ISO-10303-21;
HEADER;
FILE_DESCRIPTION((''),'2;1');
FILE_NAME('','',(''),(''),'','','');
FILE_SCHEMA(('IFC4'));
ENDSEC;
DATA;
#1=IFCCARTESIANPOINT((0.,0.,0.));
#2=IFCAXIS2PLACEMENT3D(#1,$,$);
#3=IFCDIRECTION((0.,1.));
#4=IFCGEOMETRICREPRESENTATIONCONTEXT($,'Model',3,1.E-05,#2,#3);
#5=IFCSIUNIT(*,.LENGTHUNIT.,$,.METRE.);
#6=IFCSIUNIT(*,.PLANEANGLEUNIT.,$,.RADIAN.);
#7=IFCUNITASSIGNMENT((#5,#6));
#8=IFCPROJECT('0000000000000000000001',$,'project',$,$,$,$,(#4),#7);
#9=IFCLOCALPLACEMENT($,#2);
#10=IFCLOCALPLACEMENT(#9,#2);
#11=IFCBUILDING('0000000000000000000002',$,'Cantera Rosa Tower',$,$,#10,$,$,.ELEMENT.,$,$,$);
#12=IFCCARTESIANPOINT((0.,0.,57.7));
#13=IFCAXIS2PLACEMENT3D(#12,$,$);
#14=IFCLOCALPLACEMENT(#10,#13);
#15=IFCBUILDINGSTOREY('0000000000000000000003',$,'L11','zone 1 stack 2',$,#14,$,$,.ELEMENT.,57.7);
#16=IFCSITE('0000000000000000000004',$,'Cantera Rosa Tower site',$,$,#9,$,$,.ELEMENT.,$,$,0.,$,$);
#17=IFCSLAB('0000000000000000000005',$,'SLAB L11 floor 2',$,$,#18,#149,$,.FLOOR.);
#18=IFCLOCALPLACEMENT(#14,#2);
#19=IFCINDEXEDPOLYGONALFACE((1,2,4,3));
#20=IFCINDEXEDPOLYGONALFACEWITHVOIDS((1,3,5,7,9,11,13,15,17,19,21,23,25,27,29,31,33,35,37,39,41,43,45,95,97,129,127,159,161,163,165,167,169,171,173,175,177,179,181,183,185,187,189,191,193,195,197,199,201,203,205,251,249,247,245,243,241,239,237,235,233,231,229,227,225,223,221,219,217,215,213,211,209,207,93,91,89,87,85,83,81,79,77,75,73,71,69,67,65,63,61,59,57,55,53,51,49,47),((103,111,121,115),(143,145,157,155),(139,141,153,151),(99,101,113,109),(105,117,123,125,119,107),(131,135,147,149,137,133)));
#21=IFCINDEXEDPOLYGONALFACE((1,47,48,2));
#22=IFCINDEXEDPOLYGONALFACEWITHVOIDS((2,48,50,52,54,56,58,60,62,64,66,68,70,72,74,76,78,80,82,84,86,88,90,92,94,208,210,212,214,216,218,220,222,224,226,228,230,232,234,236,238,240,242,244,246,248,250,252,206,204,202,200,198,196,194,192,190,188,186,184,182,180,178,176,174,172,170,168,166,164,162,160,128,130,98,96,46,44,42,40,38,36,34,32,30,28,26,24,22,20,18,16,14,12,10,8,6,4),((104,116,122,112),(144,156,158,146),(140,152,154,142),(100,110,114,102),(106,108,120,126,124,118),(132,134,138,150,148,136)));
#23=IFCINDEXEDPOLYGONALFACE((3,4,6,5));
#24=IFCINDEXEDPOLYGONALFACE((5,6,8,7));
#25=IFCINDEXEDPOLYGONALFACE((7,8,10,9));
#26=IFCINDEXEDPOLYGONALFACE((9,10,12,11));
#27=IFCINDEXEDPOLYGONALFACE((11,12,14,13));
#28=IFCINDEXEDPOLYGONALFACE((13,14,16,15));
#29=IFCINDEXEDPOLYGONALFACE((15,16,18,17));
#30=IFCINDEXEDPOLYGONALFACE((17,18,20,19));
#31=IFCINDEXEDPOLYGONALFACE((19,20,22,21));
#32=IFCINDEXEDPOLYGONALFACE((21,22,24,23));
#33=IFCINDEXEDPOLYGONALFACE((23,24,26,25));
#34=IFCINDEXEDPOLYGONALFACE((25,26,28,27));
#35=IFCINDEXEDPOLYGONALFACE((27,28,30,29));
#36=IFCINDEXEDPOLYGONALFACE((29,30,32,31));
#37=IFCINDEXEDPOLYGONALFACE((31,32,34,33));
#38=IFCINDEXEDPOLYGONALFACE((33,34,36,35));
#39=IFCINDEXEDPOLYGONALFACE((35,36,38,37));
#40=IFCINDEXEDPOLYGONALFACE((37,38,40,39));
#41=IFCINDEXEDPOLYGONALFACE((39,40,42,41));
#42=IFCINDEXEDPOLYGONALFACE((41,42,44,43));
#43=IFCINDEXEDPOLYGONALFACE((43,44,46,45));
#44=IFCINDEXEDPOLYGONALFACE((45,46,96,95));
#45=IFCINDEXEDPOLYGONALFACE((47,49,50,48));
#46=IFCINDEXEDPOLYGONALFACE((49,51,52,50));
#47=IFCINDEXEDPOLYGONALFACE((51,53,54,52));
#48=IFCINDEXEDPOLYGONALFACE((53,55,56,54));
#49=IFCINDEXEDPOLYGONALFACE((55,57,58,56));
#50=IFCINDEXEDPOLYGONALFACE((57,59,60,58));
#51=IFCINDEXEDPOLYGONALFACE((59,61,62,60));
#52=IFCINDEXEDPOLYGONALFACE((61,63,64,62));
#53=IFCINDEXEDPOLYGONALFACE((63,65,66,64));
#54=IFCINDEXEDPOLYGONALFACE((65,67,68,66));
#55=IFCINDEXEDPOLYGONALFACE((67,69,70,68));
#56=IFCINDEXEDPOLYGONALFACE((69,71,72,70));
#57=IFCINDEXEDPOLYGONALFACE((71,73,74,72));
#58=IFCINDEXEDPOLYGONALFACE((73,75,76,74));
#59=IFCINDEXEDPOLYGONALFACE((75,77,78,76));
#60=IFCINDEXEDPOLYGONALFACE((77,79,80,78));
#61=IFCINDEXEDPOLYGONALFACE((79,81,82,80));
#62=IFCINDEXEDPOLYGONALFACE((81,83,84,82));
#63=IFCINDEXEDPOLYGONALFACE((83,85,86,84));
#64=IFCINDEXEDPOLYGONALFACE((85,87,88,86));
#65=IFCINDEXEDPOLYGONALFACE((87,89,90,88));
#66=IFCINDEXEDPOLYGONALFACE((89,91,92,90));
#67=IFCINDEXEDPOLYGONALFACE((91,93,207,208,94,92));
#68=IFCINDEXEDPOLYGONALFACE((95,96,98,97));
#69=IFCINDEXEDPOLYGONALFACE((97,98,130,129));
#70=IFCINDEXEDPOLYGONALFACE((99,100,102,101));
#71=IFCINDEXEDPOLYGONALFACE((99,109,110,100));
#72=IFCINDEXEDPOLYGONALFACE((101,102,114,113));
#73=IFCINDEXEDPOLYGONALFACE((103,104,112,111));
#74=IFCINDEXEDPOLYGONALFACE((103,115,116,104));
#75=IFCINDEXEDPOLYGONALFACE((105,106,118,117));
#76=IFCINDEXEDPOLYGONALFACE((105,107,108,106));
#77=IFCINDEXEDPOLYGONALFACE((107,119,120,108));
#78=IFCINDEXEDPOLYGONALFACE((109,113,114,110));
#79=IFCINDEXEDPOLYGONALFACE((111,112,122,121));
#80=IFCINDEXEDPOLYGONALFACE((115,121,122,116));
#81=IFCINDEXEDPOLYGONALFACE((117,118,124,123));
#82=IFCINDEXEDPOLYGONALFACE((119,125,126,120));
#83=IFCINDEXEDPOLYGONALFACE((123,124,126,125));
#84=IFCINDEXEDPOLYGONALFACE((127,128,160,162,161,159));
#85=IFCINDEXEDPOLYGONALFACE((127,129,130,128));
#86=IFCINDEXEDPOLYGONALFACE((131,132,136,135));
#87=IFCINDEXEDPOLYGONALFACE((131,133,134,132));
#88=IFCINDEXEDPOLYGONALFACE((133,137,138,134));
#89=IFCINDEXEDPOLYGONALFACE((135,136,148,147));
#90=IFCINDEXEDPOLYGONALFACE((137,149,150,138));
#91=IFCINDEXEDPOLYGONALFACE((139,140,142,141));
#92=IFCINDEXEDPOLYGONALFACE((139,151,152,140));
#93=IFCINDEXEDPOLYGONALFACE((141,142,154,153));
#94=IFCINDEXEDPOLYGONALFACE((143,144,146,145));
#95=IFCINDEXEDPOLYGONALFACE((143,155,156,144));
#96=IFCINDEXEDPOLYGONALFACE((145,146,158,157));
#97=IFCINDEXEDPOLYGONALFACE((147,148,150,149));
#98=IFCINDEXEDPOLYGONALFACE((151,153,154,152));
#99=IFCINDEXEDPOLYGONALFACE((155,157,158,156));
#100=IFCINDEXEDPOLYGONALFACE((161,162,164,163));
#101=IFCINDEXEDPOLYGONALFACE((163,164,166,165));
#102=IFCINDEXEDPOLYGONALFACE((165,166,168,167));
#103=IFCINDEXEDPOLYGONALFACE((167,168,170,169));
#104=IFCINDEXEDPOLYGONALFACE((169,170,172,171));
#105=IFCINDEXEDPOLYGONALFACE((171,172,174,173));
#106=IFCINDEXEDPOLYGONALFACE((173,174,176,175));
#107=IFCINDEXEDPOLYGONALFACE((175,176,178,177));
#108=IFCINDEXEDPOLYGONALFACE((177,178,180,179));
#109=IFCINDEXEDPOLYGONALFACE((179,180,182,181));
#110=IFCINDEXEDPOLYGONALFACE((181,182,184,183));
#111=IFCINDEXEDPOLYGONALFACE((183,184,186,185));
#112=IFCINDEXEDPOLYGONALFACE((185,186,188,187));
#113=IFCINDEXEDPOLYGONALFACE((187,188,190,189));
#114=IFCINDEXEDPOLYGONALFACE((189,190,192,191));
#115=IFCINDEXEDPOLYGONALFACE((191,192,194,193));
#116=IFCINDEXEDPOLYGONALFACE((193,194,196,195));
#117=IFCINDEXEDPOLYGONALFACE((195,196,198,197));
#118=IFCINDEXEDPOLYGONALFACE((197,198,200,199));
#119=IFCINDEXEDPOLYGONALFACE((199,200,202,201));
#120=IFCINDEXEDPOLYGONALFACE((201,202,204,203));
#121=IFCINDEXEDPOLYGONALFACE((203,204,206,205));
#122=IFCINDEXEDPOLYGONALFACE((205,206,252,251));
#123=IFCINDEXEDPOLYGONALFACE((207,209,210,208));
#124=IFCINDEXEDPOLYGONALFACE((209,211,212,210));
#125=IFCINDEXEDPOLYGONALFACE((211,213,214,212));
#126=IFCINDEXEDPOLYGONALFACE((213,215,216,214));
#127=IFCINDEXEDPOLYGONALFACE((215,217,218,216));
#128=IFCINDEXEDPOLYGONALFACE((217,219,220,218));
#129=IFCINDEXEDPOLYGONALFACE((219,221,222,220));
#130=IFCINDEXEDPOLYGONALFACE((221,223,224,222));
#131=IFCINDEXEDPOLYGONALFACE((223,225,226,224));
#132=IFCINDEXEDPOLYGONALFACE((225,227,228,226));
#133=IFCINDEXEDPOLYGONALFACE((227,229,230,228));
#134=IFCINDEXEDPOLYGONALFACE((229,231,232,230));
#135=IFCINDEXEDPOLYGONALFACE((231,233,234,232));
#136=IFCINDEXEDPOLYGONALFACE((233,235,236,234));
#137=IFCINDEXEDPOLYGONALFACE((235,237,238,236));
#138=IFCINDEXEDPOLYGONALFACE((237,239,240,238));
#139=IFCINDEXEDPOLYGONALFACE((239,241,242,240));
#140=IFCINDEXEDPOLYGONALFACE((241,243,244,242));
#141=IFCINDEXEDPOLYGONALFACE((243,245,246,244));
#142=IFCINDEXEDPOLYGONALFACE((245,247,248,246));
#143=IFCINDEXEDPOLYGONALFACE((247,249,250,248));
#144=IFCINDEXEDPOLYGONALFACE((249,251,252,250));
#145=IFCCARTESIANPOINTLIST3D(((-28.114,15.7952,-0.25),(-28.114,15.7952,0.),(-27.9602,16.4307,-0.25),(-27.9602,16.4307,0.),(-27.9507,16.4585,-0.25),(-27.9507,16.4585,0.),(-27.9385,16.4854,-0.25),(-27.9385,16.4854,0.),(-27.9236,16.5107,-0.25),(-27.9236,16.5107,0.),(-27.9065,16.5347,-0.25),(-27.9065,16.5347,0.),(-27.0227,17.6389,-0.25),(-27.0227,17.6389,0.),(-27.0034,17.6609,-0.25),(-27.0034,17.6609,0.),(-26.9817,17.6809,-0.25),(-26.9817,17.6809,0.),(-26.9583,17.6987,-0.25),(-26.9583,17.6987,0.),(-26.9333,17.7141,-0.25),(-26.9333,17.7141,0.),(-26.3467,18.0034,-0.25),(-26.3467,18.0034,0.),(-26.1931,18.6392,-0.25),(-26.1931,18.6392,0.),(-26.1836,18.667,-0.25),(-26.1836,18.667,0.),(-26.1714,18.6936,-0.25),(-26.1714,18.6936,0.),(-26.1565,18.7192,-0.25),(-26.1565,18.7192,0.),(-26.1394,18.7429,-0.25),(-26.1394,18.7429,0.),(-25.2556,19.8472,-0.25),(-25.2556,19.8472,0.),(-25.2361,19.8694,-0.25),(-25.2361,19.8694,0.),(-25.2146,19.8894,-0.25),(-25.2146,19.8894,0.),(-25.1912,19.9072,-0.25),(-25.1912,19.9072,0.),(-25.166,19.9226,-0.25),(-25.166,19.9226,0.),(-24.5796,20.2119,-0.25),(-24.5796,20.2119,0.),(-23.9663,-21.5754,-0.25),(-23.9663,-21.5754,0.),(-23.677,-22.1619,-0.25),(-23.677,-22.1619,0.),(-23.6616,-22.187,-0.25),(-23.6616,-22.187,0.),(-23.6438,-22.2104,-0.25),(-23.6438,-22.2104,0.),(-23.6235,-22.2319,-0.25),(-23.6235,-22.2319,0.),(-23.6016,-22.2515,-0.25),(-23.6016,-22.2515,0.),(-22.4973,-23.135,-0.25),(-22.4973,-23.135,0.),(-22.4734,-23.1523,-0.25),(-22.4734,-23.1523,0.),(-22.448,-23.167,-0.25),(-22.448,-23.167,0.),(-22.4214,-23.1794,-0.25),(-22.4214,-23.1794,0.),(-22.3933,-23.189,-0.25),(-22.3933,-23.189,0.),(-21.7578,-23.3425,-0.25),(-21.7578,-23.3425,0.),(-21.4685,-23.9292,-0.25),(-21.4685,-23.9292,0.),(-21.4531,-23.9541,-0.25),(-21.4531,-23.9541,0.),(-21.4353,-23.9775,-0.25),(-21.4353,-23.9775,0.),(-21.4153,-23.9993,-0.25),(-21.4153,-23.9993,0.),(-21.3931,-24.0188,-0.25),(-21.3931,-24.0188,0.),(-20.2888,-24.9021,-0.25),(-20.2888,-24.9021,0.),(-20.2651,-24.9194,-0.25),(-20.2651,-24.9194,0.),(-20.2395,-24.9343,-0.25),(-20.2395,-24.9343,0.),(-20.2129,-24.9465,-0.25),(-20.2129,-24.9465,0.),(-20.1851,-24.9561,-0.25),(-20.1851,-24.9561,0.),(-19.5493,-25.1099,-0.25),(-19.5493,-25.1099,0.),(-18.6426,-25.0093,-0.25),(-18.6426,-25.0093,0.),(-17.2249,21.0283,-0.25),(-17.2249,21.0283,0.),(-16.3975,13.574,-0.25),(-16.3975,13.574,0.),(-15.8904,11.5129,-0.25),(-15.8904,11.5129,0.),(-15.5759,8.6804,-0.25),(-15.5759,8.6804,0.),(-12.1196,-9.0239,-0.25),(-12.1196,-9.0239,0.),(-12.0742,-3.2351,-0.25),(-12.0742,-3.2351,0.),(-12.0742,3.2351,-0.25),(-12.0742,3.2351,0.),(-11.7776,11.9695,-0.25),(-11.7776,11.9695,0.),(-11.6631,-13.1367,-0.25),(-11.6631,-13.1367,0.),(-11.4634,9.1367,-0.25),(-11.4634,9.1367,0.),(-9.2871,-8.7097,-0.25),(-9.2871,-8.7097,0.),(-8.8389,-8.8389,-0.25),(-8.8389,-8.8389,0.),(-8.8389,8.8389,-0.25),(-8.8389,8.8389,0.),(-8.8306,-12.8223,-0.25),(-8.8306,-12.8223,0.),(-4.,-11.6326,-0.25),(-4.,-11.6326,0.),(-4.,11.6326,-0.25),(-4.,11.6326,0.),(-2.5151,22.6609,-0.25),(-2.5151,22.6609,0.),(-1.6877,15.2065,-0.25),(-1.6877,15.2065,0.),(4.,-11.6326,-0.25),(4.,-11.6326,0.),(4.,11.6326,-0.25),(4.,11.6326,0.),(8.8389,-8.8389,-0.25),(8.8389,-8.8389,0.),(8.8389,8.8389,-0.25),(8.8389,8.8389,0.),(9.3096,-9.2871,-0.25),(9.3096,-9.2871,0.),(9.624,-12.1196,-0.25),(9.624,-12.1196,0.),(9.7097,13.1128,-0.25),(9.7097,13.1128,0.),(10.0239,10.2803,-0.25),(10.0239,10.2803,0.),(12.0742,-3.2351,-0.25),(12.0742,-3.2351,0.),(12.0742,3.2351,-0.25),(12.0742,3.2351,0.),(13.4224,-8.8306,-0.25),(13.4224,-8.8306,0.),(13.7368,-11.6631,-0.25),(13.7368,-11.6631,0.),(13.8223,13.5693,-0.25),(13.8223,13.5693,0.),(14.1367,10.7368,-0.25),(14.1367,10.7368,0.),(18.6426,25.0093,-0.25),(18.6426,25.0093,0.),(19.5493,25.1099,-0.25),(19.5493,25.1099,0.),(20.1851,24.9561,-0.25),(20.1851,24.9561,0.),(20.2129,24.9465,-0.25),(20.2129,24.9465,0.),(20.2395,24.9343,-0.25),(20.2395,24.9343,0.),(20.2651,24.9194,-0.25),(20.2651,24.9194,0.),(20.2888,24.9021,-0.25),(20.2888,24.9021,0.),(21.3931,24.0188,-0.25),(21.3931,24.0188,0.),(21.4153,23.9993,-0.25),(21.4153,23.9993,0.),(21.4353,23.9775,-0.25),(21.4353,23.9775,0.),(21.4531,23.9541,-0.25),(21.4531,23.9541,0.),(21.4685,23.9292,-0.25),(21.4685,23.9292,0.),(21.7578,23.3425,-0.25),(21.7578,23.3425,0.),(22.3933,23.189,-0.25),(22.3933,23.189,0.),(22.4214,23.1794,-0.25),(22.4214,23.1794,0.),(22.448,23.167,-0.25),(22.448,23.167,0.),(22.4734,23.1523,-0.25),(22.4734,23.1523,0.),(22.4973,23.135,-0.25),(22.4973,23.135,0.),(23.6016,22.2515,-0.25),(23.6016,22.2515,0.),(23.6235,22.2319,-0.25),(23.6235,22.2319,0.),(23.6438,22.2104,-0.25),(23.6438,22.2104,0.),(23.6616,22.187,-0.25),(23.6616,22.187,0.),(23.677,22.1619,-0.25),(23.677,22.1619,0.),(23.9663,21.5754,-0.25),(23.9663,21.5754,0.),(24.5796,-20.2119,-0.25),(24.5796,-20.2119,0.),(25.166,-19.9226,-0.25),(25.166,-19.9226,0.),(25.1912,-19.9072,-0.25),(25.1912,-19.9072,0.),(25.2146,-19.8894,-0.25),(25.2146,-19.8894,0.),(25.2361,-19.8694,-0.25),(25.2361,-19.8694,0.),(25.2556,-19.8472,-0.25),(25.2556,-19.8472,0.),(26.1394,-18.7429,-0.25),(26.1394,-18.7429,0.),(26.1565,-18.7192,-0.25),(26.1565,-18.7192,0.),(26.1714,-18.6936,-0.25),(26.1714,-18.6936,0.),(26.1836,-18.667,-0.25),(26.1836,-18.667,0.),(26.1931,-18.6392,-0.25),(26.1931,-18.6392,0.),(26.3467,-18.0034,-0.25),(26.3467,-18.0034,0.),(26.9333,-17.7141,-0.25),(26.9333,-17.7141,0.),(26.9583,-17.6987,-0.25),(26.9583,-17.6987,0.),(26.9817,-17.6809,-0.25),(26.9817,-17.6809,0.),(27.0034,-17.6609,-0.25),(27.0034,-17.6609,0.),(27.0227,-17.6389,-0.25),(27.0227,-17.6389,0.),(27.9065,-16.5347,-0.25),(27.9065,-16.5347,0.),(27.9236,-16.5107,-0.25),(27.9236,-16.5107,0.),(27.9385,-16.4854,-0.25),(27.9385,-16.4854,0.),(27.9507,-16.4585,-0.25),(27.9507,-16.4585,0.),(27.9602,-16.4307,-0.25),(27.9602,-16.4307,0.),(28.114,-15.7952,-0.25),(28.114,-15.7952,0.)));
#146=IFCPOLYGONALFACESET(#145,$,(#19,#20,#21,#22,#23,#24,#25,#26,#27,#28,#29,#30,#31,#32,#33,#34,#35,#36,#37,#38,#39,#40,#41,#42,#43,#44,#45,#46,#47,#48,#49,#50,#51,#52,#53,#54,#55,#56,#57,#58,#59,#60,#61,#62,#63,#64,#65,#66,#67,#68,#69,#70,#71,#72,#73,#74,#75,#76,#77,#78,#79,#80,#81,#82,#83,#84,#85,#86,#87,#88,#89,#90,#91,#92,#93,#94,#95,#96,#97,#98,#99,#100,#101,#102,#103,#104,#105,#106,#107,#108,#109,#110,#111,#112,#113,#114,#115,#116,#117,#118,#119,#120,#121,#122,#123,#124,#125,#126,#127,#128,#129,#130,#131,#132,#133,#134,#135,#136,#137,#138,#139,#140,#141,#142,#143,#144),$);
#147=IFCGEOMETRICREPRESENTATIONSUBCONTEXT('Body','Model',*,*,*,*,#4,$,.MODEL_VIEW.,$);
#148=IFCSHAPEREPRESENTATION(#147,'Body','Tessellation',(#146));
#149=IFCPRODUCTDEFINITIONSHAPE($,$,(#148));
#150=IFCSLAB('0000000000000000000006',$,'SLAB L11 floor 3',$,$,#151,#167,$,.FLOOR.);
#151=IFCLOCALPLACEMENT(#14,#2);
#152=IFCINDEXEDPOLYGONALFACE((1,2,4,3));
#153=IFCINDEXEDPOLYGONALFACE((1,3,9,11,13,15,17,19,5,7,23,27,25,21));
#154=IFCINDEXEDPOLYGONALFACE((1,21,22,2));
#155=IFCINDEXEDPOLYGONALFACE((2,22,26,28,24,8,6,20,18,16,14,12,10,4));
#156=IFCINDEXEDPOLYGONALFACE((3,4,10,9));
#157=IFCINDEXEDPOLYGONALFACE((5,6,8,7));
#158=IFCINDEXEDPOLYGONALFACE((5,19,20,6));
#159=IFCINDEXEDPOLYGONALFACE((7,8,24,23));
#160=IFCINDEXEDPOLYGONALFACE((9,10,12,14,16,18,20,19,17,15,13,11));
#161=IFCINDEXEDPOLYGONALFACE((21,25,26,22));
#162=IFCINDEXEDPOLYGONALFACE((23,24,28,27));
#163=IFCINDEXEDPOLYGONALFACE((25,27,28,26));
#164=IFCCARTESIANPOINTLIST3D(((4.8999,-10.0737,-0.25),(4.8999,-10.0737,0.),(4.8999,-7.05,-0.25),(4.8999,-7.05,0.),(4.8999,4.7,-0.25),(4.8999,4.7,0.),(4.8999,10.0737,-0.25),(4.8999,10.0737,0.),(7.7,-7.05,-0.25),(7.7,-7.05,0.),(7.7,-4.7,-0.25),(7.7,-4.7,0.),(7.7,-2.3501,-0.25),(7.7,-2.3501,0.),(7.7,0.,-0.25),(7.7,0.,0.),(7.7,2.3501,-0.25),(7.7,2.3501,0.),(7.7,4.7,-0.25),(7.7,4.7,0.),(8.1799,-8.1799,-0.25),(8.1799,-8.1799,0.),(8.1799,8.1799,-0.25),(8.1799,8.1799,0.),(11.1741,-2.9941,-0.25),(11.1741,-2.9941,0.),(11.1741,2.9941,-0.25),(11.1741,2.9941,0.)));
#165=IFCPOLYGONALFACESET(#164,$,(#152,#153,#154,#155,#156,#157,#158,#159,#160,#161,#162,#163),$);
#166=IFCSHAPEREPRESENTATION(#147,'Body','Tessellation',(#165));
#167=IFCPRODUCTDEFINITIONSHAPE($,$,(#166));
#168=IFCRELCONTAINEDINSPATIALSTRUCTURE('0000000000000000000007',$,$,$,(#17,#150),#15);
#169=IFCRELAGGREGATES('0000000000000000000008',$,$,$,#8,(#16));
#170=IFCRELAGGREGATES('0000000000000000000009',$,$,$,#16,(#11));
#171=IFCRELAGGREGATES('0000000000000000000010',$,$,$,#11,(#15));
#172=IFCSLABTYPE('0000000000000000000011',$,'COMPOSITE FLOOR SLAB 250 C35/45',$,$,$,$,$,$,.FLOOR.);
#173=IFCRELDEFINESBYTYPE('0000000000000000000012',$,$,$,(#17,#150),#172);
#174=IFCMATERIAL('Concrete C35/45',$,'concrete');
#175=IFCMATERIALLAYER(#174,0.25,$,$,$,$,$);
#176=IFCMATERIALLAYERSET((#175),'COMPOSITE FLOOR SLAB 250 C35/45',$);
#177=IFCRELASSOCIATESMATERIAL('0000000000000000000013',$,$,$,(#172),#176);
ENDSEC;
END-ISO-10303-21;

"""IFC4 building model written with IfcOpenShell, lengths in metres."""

from ifc_helpers import new_model, si_unit, direction, frame, origin, place, context, subcontext, project, spatial, polyline, outline, extrude, material, layer, layer_set, type_object, element, save


model = new_model("IFC4")

# Units and contexts
model_context = context("Model", 3, precision=1e-05, world=origin(), true_north=direction((0.0, 1.0)))
body_context = subcontext(model_context, "Body", "Model", "MODEL_VIEW")
ifc_project = project(units=[si_unit("LENGTHUNIT", "METRE"), si_unit("PLANEANGLEUNIT", "RADIAN")], contexts=[model_context])

# Site, building, storey
site_placement = place(None, origin())
site = spatial("IfcSite", under=ifc_project, at=site_placement, Name="Cantera Rosa Tower site", CompositionType="ELEMENT", RefElevation=0.0)
building_placement = place(site_placement, origin())
building = spatial("IfcBuilding", under=site, at=building_placement, Name="Cantera Rosa Tower", CompositionType="ELEMENT")
storey_placement = place(building_placement, frame((0.0, 0.0, 57.7)))
storey = spatial("IfcBuildingStorey", under=building, at=storey_placement, Name="L11", Description="zone 1 stack 2", CompositionType="ELEMENT", Elevation=57.7)

# Slabs
ifc_material_1 = material(Name="Concrete C35/45", Category="concrete")
ifc_layer_1 = layer(ifc_material_1, 0.25)
ifc_layer_set_1 = layer_set([ifc_layer_1], Name="COMPOSITE FLOOR SLAB 250 C35/45")
slab_type_1 = type_object("IfcSlabType", Name="COMPOSITE FLOOR SLAB 250 C35/45", PredefinedType="FLOOR", material=ifc_layer_set_1)
slab_1_placement = place(storey_placement, frame((0.0, 0.0, -0.25)))
element("IfcSlab", 1, at=slab_1_placement, inside=storey, type_object=slab_type_1, Name="SLAB L11 floor 2", PredefinedType="FLOOR", context=body_context, shape_type="SweptSolid", body=[
    extrude(outline(polyline([(-20.2888, -24.9021), (-21.3931, -24.0188), (-21.4153, -23.9993), (-21.4353, -23.9775), (-21.4531, -23.9541), (-21.4685, -23.9292), (-21.7578, -23.3425), (-22.3933, -23.189), (-22.4214, -23.1794), (-22.448, -23.167), (-22.4734, -23.1523), (-22.4973, -23.135), (-23.6016, -22.2515), (-23.6235, -22.2319), (-23.6438, -22.2104), (-23.6616, -22.187), (-23.677, -22.1619), (-23.9663, -21.5754), (-28.114, 15.7952), (-27.9602, 16.4307), (-27.9507, 16.4585), (-27.9385, 16.4854), (-27.9236, 16.5107), (-27.9065, 16.5347), (-27.0227, 17.6389), (-27.0034, 17.6609), (-26.9817, 17.6809), (-26.9583, 17.6987), (-26.9333, 17.7141), (-26.3467, 18.0034), (-26.1931, 18.6392), (-26.1836, 18.667), (-26.1714, 18.6936), (-26.1565, 18.7192), (-26.1394, 18.7429), (-25.2556, 19.8472), (-25.2361, 19.8694), (-25.2146, 19.8894), (-25.1912, 19.9072), (-25.166, 19.9226), (-24.5796, 20.2119), (-17.2249, 21.0283), (-16.3975, 13.574), (-1.6877, 15.2065), (-2.5151, 22.6609), (18.6426, 25.0093), (19.5493, 25.1099), (20.1851, 24.9561), (20.2129, 24.9465), (20.2395, 24.9343), (20.2651, 24.9194), (20.2888, 24.9021), (21.3931, 24.0188), (21.4153, 23.9993), (21.4353, 23.9775), (21.4531, 23.9541), (21.4685, 23.9292), (21.7578, 23.3425), (22.3933, 23.189), (22.4214, 23.1794), (22.448, 23.167), (22.4734, 23.1523), (22.4973, 23.135), (23.6016, 22.2515), (23.6235, 22.2319), (23.6438, 22.2104), (23.6616, 22.187), (23.677, 22.1619), (23.9663, 21.5754), (28.114, -15.7952), (27.9602, -16.4307), (27.9507, -16.4585), (27.9385, -16.4854), (27.9236, -16.5107), (27.9065, -16.5347), (27.0227, -17.6389), (27.0034, -17.6609), (26.9817, -17.6809), (26.9583, -17.6987), (26.9333, -17.7141), (26.3467, -18.0034), (26.1931, -18.6392), (26.1836, -18.667), (26.1714, -18.6936), (26.1565, -18.7192), (26.1394, -18.7429), (25.2556, -19.8472), (25.2361, -19.8694), (25.2146, -19.8894), (25.1912, -19.9072), (25.166, -19.9226), (24.5796, -20.2119), (-18.6426, -25.0093), (-19.5493, -25.1099), (-20.1851, -24.9561), (-20.2129, -24.9465), (-20.2395, -24.9343), (-20.2651, -24.9194), (-20.2888, -24.9021)]), holes=[polyline([(-8.8306, -12.8223), (-9.2871, -8.7097), (-12.1196, -9.0239), (-11.6631, -13.1367), (-8.8306, -12.8223)]), polyline([(-4.0, 11.6326), (-8.8389, 8.8389), (-12.0742, 3.2351), (-12.0742, -3.2351), (-8.8389, -8.8389), (-4.0, -11.6326), (-4.0, 11.6326)]), polyline([(-11.4634, 9.1367), (-11.7776, 11.9695), (-15.8904, 11.5129), (-15.5759, 8.6804), (-11.4634, 9.1367)]), polyline([(13.4224, -8.8306), (9.3096, -9.2871), (9.624, -12.1196), (13.7368, -11.6631), (13.4224, -8.8306)]), polyline([(8.8389, -8.8389), (12.0742, -3.2351), (12.0742, 3.2351), (8.8389, 8.8389), (4.0, 11.6326), (4.0, -11.6326), (8.8389, -8.8389)]), polyline([(14.1367, 10.7368), (13.8223, 13.5693), (9.7097, 13.1128), (10.0239, 10.2803), (14.1367, 10.7368)])]), origin(), (0.0, 0.0, 1.0), 0.25),
])
slab_2_placement = place(storey_placement, frame((0.0, 0.0, -0.25)))
element("IfcSlab", 2, at=slab_2_placement, inside=storey, type_object=slab_type_1, Name="SLAB L11 floor 3", PredefinedType="FLOOR", context=body_context, shape_type="SweptSolid", body=[
    extrude(outline(polyline([(7.7, 0.0), (7.7, 2.3501), (7.7, 4.7), (4.8999, 4.7), (4.8999, 10.0737), (8.1799, 8.1799), (11.1741, 2.9941), (11.1741, -2.9941), (8.1799, -8.1799), (4.8999, -10.0737), (4.8999, -7.05), (7.7, -7.05), (7.7, -4.7), (7.7, -2.3501), (7.7, 0.0)])), origin(), (0.0, 0.0, 1.0), 0.25),
])

save(model, "model.ifc")
